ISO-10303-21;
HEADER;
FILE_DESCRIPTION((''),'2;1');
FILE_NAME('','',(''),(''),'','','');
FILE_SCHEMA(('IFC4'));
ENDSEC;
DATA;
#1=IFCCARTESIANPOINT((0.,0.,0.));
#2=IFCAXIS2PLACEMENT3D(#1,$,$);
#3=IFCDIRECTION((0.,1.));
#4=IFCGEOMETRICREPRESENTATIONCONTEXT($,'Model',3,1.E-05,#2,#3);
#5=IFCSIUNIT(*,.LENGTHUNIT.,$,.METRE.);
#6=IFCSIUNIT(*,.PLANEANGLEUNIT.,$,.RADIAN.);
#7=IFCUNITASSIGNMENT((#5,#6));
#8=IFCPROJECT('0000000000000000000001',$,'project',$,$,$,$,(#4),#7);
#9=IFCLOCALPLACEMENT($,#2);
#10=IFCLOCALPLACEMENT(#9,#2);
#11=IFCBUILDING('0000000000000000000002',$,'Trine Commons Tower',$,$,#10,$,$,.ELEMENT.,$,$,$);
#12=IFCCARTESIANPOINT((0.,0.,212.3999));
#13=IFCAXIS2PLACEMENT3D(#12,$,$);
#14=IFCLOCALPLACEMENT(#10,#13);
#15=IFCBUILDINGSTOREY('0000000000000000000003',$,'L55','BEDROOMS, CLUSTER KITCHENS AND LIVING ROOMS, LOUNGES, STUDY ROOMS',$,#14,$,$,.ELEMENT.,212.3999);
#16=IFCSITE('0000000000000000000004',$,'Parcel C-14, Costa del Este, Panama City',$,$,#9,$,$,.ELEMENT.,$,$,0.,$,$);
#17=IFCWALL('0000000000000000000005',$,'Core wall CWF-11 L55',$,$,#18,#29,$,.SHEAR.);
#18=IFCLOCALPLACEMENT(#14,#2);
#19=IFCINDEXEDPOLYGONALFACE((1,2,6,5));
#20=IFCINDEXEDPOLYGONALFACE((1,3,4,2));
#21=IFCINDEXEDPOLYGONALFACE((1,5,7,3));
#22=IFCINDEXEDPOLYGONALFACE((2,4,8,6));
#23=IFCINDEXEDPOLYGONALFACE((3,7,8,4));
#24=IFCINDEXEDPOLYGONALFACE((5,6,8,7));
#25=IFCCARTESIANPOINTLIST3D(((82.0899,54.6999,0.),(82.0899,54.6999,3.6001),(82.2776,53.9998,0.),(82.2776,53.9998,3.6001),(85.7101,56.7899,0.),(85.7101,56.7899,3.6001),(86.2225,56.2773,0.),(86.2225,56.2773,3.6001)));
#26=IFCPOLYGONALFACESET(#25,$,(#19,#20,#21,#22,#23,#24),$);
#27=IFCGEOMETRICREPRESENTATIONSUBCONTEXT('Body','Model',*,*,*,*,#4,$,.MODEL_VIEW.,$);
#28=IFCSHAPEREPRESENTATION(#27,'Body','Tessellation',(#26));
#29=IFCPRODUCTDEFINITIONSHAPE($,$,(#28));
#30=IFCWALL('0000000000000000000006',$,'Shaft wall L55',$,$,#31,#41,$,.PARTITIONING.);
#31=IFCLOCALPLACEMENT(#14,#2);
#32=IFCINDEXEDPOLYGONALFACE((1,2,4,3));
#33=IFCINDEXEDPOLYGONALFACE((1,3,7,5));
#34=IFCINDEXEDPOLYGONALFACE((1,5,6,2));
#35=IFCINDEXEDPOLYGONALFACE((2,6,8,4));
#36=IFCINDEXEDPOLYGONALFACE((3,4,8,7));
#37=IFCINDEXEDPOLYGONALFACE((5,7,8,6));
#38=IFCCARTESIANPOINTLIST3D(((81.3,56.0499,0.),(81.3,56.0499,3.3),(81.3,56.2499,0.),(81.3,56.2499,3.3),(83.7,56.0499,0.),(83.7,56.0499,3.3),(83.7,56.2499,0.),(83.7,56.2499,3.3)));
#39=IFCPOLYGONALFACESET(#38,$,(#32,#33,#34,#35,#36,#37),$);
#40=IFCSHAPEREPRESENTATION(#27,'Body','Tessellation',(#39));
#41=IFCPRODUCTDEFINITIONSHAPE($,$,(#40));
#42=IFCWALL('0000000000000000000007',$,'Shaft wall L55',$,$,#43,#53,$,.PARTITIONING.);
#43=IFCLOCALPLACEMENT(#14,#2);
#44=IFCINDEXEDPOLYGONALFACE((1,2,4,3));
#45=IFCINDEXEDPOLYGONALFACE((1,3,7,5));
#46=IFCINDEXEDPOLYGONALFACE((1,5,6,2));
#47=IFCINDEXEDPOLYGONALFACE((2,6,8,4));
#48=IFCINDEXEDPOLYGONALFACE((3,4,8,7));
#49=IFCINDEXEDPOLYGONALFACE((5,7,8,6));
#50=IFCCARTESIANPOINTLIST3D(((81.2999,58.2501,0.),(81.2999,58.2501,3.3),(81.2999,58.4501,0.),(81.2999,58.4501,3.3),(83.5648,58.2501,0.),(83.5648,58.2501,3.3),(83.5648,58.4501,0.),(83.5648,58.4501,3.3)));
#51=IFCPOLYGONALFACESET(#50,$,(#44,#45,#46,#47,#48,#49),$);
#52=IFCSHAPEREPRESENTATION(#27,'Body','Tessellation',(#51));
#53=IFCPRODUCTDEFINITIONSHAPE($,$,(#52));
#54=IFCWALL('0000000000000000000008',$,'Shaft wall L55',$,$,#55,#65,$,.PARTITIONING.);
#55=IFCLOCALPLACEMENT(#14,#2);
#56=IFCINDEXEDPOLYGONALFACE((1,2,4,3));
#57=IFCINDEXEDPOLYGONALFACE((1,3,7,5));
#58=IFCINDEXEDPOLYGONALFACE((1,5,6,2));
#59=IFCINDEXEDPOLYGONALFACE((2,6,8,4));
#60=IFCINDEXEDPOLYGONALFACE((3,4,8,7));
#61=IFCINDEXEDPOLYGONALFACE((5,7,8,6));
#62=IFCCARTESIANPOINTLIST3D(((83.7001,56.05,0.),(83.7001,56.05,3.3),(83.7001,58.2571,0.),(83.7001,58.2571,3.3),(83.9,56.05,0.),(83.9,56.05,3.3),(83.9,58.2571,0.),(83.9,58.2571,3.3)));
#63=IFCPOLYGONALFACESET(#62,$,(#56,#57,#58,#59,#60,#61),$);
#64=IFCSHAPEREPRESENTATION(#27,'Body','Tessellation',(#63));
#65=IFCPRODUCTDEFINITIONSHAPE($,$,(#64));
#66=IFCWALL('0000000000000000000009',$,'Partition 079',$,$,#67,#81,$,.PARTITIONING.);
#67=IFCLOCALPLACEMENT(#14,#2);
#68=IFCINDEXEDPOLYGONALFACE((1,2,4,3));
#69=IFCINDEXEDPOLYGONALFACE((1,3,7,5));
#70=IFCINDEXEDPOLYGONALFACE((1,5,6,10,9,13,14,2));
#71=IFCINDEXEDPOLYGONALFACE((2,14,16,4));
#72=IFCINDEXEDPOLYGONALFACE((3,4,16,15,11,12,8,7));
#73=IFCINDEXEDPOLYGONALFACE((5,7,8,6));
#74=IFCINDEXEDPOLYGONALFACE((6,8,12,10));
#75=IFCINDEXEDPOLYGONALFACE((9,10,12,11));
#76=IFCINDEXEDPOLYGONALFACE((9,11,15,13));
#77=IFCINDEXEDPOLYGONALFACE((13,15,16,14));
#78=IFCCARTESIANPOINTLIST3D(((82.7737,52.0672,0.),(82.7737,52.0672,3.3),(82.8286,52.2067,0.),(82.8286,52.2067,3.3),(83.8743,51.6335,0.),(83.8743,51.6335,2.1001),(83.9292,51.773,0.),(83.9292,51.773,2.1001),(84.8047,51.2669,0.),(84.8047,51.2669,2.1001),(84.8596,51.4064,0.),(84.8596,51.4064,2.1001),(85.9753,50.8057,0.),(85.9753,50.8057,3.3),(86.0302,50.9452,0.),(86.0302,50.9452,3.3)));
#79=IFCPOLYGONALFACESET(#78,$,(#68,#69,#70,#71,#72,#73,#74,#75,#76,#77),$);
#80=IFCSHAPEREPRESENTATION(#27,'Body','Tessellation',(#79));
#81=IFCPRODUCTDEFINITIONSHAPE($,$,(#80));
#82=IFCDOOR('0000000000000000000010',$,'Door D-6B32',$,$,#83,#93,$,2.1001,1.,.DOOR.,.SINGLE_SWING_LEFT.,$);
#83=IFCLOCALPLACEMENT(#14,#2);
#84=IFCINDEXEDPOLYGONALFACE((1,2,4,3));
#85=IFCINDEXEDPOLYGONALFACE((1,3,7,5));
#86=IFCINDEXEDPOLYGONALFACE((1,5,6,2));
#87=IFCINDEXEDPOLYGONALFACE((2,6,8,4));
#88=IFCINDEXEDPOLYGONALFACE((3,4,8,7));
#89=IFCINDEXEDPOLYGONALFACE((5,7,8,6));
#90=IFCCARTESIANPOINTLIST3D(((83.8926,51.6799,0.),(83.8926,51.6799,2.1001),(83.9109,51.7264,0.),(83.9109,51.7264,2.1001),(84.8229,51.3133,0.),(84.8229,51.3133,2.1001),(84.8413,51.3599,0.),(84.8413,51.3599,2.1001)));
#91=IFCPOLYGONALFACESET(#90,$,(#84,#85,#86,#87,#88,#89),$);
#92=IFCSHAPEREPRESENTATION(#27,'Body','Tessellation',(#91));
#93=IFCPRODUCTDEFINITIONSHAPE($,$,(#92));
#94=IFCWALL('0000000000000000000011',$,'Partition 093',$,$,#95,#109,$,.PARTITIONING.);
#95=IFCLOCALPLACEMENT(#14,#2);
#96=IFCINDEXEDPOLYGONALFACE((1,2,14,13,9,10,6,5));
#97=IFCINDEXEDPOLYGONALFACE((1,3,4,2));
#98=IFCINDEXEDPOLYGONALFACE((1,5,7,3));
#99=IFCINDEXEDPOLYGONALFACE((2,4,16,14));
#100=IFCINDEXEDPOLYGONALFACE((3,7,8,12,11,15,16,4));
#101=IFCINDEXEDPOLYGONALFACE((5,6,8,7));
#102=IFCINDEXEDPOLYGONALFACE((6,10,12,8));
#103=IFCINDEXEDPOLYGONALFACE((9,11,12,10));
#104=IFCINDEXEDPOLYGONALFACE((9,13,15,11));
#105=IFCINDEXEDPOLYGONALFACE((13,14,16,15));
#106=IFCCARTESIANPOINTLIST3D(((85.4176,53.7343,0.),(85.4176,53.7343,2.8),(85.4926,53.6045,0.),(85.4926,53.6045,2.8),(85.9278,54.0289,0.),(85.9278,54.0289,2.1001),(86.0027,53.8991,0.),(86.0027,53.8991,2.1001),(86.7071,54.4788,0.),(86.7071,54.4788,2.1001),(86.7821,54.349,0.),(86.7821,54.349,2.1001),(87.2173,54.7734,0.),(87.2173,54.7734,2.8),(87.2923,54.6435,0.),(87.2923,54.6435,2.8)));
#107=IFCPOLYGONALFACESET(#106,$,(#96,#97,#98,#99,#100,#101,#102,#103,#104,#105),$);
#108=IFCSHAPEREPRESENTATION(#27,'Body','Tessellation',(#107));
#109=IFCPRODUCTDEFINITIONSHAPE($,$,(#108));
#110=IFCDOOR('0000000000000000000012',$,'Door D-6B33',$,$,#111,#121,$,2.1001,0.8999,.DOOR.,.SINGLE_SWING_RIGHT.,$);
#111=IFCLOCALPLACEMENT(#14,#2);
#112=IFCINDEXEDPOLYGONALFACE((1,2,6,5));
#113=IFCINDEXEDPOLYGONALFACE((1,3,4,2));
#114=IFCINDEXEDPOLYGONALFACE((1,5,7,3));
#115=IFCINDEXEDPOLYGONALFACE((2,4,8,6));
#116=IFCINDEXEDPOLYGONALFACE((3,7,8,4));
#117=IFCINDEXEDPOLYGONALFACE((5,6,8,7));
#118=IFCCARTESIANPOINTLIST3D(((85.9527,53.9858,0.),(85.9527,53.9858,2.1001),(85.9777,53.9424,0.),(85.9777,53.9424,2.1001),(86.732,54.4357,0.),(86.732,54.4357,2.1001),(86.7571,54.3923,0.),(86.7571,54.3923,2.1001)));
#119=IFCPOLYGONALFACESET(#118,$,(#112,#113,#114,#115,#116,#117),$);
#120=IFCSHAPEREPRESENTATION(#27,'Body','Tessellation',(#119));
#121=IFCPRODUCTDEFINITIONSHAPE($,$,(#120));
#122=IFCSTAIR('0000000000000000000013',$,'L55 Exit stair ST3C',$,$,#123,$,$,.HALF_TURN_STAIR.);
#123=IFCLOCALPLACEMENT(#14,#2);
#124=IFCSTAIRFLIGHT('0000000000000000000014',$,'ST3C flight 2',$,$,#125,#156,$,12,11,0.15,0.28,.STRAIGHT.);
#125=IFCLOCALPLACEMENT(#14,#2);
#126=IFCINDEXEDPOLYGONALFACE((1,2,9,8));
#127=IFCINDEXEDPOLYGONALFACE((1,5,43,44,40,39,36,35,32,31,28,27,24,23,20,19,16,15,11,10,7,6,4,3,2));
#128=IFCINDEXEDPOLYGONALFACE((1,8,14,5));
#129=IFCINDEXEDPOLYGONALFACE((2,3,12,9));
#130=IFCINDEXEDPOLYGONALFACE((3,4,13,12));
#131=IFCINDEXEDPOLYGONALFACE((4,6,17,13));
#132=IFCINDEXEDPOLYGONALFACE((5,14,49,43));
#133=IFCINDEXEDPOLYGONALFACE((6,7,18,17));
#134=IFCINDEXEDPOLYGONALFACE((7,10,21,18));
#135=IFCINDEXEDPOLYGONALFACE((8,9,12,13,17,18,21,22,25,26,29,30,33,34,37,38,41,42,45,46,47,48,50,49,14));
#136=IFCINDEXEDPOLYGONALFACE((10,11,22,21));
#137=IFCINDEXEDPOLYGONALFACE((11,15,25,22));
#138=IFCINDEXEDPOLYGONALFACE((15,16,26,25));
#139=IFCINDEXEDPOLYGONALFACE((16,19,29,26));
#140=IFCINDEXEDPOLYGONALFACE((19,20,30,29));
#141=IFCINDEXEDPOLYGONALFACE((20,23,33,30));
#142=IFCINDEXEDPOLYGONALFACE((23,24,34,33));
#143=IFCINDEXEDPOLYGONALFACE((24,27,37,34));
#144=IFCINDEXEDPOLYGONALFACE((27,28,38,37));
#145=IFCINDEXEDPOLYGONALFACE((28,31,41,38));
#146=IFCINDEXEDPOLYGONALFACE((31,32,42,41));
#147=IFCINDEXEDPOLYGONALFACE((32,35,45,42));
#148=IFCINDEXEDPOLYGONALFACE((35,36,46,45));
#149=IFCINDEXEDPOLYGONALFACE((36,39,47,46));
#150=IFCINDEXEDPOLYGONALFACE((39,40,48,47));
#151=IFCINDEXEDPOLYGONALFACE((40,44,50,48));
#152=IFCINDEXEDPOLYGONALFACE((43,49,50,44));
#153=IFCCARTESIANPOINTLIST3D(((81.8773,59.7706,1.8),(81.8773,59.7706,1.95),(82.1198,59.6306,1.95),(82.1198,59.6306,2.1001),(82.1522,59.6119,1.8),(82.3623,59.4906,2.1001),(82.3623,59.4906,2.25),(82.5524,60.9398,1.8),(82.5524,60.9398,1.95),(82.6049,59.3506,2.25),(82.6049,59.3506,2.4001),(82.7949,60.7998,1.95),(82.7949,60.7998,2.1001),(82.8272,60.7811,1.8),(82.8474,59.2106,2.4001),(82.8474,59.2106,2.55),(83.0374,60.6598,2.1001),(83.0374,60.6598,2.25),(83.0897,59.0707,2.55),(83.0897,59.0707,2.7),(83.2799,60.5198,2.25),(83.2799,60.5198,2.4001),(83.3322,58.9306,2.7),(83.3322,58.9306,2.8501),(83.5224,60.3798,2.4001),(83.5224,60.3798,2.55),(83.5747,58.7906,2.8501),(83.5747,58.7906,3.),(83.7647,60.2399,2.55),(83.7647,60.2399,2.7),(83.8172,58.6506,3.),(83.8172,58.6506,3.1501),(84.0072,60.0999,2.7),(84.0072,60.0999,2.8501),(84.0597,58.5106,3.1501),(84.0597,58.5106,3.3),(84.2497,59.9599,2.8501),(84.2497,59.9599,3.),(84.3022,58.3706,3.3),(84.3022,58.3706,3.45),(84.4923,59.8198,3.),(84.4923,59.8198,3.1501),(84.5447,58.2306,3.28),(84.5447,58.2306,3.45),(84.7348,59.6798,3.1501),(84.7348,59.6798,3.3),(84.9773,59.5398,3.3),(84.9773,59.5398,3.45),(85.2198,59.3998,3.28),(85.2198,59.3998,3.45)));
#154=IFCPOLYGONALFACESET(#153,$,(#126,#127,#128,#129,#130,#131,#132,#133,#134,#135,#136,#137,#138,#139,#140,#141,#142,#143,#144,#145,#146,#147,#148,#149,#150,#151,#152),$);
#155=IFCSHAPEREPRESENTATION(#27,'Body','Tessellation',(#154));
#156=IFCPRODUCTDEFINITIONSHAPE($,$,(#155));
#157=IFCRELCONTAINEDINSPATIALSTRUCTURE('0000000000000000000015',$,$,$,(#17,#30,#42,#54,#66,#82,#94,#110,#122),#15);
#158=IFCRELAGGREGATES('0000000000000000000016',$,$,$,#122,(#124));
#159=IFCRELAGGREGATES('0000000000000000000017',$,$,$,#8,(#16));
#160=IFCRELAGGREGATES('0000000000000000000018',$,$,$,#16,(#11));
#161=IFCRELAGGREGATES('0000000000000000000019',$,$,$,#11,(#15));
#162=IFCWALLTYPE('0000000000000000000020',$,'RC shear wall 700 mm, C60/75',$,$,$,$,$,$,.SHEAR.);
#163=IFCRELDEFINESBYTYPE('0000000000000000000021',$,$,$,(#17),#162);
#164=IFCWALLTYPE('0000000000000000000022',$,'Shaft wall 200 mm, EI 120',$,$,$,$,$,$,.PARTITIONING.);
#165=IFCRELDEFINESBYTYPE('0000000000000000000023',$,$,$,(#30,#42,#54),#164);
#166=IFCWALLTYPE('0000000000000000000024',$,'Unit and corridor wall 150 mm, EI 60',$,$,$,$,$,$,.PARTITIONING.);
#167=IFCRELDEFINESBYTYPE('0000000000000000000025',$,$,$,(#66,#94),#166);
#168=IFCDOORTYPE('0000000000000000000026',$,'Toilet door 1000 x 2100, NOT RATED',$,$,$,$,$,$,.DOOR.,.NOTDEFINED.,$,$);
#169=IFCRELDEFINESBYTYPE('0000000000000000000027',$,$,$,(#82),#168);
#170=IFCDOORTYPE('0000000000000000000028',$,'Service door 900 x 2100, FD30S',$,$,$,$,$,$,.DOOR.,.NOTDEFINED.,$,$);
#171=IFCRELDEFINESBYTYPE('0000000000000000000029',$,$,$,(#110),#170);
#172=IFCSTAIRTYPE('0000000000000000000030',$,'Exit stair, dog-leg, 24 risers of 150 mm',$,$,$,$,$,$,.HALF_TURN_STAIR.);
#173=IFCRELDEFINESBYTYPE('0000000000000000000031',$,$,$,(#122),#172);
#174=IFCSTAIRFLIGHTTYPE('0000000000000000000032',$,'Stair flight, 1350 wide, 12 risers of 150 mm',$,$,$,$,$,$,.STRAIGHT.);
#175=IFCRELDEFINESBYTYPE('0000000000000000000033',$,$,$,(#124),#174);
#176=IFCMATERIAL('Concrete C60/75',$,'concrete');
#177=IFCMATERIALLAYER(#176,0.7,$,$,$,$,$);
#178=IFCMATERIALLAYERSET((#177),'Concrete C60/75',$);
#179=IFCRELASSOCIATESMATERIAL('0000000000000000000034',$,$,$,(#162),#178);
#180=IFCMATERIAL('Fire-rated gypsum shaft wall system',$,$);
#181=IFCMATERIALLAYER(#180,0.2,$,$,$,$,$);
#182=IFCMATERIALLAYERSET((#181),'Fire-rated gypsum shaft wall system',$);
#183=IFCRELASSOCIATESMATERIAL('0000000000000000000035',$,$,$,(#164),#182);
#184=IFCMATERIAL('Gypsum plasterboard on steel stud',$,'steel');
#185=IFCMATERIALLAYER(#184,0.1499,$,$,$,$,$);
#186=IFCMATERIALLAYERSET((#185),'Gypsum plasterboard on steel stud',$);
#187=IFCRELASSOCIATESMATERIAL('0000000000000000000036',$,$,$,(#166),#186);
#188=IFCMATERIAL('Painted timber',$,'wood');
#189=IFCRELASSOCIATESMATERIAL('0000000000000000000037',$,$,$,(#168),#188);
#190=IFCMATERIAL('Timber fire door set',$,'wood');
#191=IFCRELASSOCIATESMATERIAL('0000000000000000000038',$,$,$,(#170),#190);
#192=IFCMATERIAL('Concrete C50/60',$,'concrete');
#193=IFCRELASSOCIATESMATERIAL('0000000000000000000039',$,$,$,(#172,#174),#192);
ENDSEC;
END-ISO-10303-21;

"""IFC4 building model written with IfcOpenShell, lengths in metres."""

from ifc_helpers import new_model, si_unit, direction, frame, frame_2d, origin, place, context, subcontext, project, spatial, polyline, rectangle, outline, extrude, material, layer, layer_set, type_object, element, fill, aggregate, save


model = new_model("IFC4")

# Units and contexts
model_context = context("Model", 3, precision=1e-05, world=origin(), true_north=direction((0.0, 1.0)))
body_context = subcontext(model_context, "Body", "Model", "MODEL_VIEW")
ifc_project = project(units=[si_unit("LENGTHUNIT", "METRE"), si_unit("PLANEANGLEUNIT", "RADIAN")], contexts=[model_context])

# Site, building, storey
site_placement = place(None, origin())
site = spatial("IfcSite", under=ifc_project, at=site_placement, Name="Parcel C-14, Costa del Este, Panama City", CompositionType="ELEMENT", RefElevation=0.0)
building_placement = place(site_placement, origin())
building = spatial("IfcBuilding", under=site, at=building_placement, Name="Trine Commons Tower", CompositionType="ELEMENT")
storey_placement = place(building_placement, frame((0.0, 0.0, 212.3999)))
storey = spatial("IfcBuildingStorey", under=building, at=storey_placement, Name="L55", Description="BEDROOMS, CLUSTER KITCHENS AND LIVING ROOMS, LOUNGES, STUDY ROOMS", CompositionType="ELEMENT", Elevation=212.3999)

# Shared definitions
ifc_material_1 = material(Name="Concrete C60/75", Category="concrete")

# Walls
ifc_layer_1 = layer(ifc_material_1, 0.7)
ifc_layer_set_1 = layer_set([ifc_layer_1], Name="Concrete C60/75")
wall_type_1 = type_object("IfcWallType", Name="RC shear wall 700 mm, C60/75", PredefinedType="SHEAR", material=ifc_layer_set_1)
wall_1_placement = place(storey_placement, frame((82.1025, 54.303, 0.0), z_axis=(0.0, 0.0, 1.0), x_axis=(0.866035, 0.499984, 0.0)))
element("IfcWall", 1, at=wall_1_placement, inside=storey, type_object=wall_type_1, Name="Core wall CWF-11 L55", PredefinedType="SHEAR", context=body_context, shape_type="SweptSolid", body=[
    extrude(outline(polyline([(0.0, -0.3501), (4.5552, -0.3501), (4.3677, 0.3501), (0.1875, 0.3501), (0.0, -0.3501)])), origin(), (0.0, 0.0, 1.0), 3.6001),
])
ifc_material_2 = material(Name="Fire-rated gypsum shaft wall system")
ifc_layer_2 = layer(ifc_material_2, 0.2)
ifc_layer_set_2 = layer_set([ifc_layer_2], Name="Fire-rated gypsum shaft wall system")
wall_type_2 = type_object("IfcWallType", Name="Shaft wall 200 mm, EI 120", PredefinedType="PARTITIONING", material=ifc_layer_set_2)
wall_2_placement = place(storey_placement, frame((81.3, 56.1499, 0.0), z_axis=(0.0, 0.0, 1.0), x_axis=(1.0, 0.0, 0.0)))
element("IfcWall", 2, at=wall_2_placement, inside=storey, type_object=wall_type_2, Name="Shaft wall L55", PredefinedType="PARTITIONING", context=body_context, shape_type="SweptSolid", body=[
    extrude(rectangle(XDim=2.3999, YDim=0.2, at=frame_2d((1.2, 0.0))), origin(), (0.0, 0.0, 1.0), 3.3),
])
wall_3_placement = place(storey_placement, frame((81.3, 58.3501, 0.0), z_axis=(0.0, 0.0, 1.0), x_axis=(1.0, 0.0, 0.0)))
element("IfcWall", 3, at=wall_3_placement, inside=storey, type_object=wall_type_2, Name="Shaft wall L55", PredefinedType="PARTITIONING", context=body_context, shape_type="SweptSolid", body=[
    extrude(rectangle(XDim=2.2649, YDim=0.2, at=frame_2d((1.1323, 0.0))), origin(), (0.0, 0.0, 1.0), 3.3),
])
wall_4_placement = place(storey_placement, frame((83.8, 58.2571, 0.0), z_axis=(0.0, 0.0, 1.0), x_axis=(0.0, -1.0, 0.0)))
element("IfcWall", 4, at=wall_4_placement, inside=storey, type_object=wall_type_2, Name="Shaft wall L55", PredefinedType="PARTITIONING", context=body_context, shape_type="SweptSolid", body=[
    extrude(rectangle(XDim=2.207, YDim=0.2, at=frame_2d((1.1035, 0.0))), origin(), (0.0, 0.0, 1.0), 3.3),
])

# Walls, openings, doors
ifc_material_3 = material(Name="Gypsum plasterboard on steel stud", Category="steel")
ifc_layer_3 = layer(ifc_material_3, 0.1499)
ifc_layer_set_3 = layer_set([ifc_layer_3], Name="Gypsum plasterboard on steel stud")
wall_type_3 = type_object("IfcWallType", Name="Unit and corridor wall 150 mm, EI 60", PredefinedType="PARTITIONING", material=ifc_layer_set_3)
wall_5_placement = place(storey_placement, frame((82.801, 52.137, 0.0), z_axis=(0.0, 0.0, 1.0), x_axis=(0.930387, -0.366578, 0.0)))
wall_5 = element("IfcWall", 5, at=wall_5_placement, inside=storey, type_object=wall_type_3, Name="Partition 079", PredefinedType="PARTITIONING", context=body_context, shape_type="SweptSolid", body=[
    extrude(rectangle(XDim=3.4412, YDim=0.1499, at=frame_2d((1.7207, 0.0))), origin(), (0.0, 0.0, 1.0), 3.3),
])
opening_1_placement = place(wall_5_placement, frame((1.1831, 0.0, 0.0)))
opening_1 = element("IfcOpeningElement", 6, at=opening_1_placement, cuts=wall_5, PredefinedType="OPENING", context=body_context, shape_type="SweptSolid", body=[
    extrude(rectangle(XDim=1.0, YDim=2.1001, at=frame_2d((0.5, 1.05))), frame((0.0, 0.085, 0.0), z_axis=(0.0, -1.0, 0.0), x_axis=(1.0, 0.0, 0.0)), (0.0, 0.0, 1.0), 0.1699),
])
ifc_material_4 = material(Name="Painted timber", Category="wood")
door_type_1 = type_object("IfcDoorType", Name="Toilet door 1000 x 2100, NOT RATED", OperationType="NOTDEFINED", PredefinedType="DOOR", material=ifc_material_4)
door_1_placement = place(opening_1_placement, origin())
door_1 = element("IfcDoor", 7, at=door_1_placement, inside=storey, type_object=door_type_1, Name="Door D-6B32", OperationType="SINGLE_SWING_LEFT", OverallHeight=2.1001, OverallWidth=1.0, PredefinedType="DOOR", context=body_context, shape_type="SweptSolid", body=[
    extrude(rectangle(XDim=1.0, YDim=2.1001, at=frame_2d((0.5, 1.05))), frame((0.0, 0.0249, 0.0), z_axis=(0.0, -1.0, 0.0), x_axis=(1.0, 0.0, 0.0)), (0.0, 0.0, 1.0), 0.05),
])
fill(opening_1, door_1)
wall_6_placement = place(storey_placement, frame((85.4551, 53.6694, 0.0), z_axis=(0.0, 0.0, 1.0), x_axis=(0.866037, 0.49998, 0.0)))
wall_6 = element("IfcWall", 8, at=wall_6_placement, inside=storey, type_object=wall_type_3, Name="Partition 093", PredefinedType="PARTITIONING", context=body_context, shape_type="SweptSolid", body=[
    extrude(rectangle(XDim=2.0781, YDim=0.1499, at=frame_2d((1.0391, 0.0))), origin(), (0.0, 0.0, 1.0), 2.8),
])
opening_2_placement = place(wall_6_placement, frame((0.5891, 0.0, 0.0)))
opening_2 = element("IfcOpeningElement", 9, at=opening_2_placement, cuts=wall_6, PredefinedType="OPENING", context=body_context, shape_type="SweptSolid", body=[
    extrude(rectangle(XDim=0.8999, YDim=2.1001, at=frame_2d((0.45, 1.05))), frame((0.0, 0.085, 0.0), z_axis=(0.0, -1.0, 0.0), x_axis=(1.0, 0.0, 0.0)), (0.0, 0.0, 1.0), 0.1699),
])
ifc_material_5 = material(Name="Timber fire door set", Category="wood")
door_type_2 = type_object("IfcDoorType", Name="Service door 900 x 2100, FD30S", OperationType="NOTDEFINED", PredefinedType="DOOR", material=ifc_material_5)
door_2_placement = place(opening_2_placement, frame((0.8999, 0.0, 0.0), z_axis=(0.0, 0.0, 1.0), x_axis=(-1.0, 0.0, 0.0)))
door_2 = element("IfcDoor", 10, at=door_2_placement, inside=storey, type_object=door_type_2, Name="Door D-6B33", OperationType="SINGLE_SWING_RIGHT", OverallHeight=2.1001, OverallWidth=0.8999, PredefinedType="DOOR", context=body_context, shape_type="SweptSolid", body=[
    extrude(rectangle(XDim=0.8999, YDim=2.1001, at=frame_2d((0.45, 1.05))), frame((0.0, 0.0249, 0.0), z_axis=(0.0, -1.0, 0.0), x_axis=(1.0, 0.0, 0.0)), (0.0, 0.0, 1.0), 0.05),
])
fill(opening_2, door_2)

# Stair, stair flight
ifc_material_6 = material(Name="Concrete C50/60", Category="concrete")
stair_type = type_object("IfcStairType", Name="Exit stair, dog-leg, 24 risers of 150 mm", PredefinedType="HALF_TURN_STAIR", material=ifc_material_6)
stair_placement = place(storey_placement, origin())
stair = element("IfcStair", 11, at=stair_placement, inside=storey, type_object=stair_type, Name="L55 Exit stair ST3C", PredefinedType="HALF_TURN_STAIR")
stair_flight_type = type_object("IfcStairFlightType", Name="Stair flight, 1350 wide, 12 risers of 150 mm", PredefinedType="STRAIGHT", material=ifc_material_6)
stair_flight_placement = place(storey_placement, frame((82.2148, 60.3552, 1.8), z_axis=(0.0, 0.0, 1.0), x_axis=(0.866025, -0.5, 0.0)))
stair_flight = element("IfcStairFlight", 12, at=stair_flight_placement, type_object=stair_flight_type, Name="ST3C flight 2", NumberOfRisers=12, NumberOfTreads=11, PredefinedType="STRAIGHT", RiserHeight=0.15, TreadLength=0.28, context=body_context, shape_type="SweptSolid", body=[
    extrude(outline(polyline([(0.0, 0.0), (0.0, 0.1499), (0.28, 0.1499), (0.28, 0.3), (0.5601, 0.3), (0.5601, 0.45), (0.8401, 0.45), (0.8401, 0.6001), (1.1201, 0.6001), (1.1201, 0.75), (1.3999, 0.75), (1.3999, 0.8999), (1.6799, 0.8999), (1.6799, 1.05), (1.96, 1.05), (1.96, 1.2), (2.24, 1.2), (2.24, 1.3501), (2.52, 1.3501), (2.52, 1.5), (2.8, 1.5), (2.8, 1.6499), (3.0801, 1.6499), (3.0801, 1.8), (3.0801, 1.48), (0.3174, 0.0), (0.0, 0.0)])), frame((0.0, 0.675, 0.0), z_axis=(0.0, -1.0, 0.0), x_axis=(1.0, 0.0, 0.0)), (0.0, 0.0, 1.0), 1.3501),
])
aggregate(stair, [stair_flight])

save(model, "model.ifc")
